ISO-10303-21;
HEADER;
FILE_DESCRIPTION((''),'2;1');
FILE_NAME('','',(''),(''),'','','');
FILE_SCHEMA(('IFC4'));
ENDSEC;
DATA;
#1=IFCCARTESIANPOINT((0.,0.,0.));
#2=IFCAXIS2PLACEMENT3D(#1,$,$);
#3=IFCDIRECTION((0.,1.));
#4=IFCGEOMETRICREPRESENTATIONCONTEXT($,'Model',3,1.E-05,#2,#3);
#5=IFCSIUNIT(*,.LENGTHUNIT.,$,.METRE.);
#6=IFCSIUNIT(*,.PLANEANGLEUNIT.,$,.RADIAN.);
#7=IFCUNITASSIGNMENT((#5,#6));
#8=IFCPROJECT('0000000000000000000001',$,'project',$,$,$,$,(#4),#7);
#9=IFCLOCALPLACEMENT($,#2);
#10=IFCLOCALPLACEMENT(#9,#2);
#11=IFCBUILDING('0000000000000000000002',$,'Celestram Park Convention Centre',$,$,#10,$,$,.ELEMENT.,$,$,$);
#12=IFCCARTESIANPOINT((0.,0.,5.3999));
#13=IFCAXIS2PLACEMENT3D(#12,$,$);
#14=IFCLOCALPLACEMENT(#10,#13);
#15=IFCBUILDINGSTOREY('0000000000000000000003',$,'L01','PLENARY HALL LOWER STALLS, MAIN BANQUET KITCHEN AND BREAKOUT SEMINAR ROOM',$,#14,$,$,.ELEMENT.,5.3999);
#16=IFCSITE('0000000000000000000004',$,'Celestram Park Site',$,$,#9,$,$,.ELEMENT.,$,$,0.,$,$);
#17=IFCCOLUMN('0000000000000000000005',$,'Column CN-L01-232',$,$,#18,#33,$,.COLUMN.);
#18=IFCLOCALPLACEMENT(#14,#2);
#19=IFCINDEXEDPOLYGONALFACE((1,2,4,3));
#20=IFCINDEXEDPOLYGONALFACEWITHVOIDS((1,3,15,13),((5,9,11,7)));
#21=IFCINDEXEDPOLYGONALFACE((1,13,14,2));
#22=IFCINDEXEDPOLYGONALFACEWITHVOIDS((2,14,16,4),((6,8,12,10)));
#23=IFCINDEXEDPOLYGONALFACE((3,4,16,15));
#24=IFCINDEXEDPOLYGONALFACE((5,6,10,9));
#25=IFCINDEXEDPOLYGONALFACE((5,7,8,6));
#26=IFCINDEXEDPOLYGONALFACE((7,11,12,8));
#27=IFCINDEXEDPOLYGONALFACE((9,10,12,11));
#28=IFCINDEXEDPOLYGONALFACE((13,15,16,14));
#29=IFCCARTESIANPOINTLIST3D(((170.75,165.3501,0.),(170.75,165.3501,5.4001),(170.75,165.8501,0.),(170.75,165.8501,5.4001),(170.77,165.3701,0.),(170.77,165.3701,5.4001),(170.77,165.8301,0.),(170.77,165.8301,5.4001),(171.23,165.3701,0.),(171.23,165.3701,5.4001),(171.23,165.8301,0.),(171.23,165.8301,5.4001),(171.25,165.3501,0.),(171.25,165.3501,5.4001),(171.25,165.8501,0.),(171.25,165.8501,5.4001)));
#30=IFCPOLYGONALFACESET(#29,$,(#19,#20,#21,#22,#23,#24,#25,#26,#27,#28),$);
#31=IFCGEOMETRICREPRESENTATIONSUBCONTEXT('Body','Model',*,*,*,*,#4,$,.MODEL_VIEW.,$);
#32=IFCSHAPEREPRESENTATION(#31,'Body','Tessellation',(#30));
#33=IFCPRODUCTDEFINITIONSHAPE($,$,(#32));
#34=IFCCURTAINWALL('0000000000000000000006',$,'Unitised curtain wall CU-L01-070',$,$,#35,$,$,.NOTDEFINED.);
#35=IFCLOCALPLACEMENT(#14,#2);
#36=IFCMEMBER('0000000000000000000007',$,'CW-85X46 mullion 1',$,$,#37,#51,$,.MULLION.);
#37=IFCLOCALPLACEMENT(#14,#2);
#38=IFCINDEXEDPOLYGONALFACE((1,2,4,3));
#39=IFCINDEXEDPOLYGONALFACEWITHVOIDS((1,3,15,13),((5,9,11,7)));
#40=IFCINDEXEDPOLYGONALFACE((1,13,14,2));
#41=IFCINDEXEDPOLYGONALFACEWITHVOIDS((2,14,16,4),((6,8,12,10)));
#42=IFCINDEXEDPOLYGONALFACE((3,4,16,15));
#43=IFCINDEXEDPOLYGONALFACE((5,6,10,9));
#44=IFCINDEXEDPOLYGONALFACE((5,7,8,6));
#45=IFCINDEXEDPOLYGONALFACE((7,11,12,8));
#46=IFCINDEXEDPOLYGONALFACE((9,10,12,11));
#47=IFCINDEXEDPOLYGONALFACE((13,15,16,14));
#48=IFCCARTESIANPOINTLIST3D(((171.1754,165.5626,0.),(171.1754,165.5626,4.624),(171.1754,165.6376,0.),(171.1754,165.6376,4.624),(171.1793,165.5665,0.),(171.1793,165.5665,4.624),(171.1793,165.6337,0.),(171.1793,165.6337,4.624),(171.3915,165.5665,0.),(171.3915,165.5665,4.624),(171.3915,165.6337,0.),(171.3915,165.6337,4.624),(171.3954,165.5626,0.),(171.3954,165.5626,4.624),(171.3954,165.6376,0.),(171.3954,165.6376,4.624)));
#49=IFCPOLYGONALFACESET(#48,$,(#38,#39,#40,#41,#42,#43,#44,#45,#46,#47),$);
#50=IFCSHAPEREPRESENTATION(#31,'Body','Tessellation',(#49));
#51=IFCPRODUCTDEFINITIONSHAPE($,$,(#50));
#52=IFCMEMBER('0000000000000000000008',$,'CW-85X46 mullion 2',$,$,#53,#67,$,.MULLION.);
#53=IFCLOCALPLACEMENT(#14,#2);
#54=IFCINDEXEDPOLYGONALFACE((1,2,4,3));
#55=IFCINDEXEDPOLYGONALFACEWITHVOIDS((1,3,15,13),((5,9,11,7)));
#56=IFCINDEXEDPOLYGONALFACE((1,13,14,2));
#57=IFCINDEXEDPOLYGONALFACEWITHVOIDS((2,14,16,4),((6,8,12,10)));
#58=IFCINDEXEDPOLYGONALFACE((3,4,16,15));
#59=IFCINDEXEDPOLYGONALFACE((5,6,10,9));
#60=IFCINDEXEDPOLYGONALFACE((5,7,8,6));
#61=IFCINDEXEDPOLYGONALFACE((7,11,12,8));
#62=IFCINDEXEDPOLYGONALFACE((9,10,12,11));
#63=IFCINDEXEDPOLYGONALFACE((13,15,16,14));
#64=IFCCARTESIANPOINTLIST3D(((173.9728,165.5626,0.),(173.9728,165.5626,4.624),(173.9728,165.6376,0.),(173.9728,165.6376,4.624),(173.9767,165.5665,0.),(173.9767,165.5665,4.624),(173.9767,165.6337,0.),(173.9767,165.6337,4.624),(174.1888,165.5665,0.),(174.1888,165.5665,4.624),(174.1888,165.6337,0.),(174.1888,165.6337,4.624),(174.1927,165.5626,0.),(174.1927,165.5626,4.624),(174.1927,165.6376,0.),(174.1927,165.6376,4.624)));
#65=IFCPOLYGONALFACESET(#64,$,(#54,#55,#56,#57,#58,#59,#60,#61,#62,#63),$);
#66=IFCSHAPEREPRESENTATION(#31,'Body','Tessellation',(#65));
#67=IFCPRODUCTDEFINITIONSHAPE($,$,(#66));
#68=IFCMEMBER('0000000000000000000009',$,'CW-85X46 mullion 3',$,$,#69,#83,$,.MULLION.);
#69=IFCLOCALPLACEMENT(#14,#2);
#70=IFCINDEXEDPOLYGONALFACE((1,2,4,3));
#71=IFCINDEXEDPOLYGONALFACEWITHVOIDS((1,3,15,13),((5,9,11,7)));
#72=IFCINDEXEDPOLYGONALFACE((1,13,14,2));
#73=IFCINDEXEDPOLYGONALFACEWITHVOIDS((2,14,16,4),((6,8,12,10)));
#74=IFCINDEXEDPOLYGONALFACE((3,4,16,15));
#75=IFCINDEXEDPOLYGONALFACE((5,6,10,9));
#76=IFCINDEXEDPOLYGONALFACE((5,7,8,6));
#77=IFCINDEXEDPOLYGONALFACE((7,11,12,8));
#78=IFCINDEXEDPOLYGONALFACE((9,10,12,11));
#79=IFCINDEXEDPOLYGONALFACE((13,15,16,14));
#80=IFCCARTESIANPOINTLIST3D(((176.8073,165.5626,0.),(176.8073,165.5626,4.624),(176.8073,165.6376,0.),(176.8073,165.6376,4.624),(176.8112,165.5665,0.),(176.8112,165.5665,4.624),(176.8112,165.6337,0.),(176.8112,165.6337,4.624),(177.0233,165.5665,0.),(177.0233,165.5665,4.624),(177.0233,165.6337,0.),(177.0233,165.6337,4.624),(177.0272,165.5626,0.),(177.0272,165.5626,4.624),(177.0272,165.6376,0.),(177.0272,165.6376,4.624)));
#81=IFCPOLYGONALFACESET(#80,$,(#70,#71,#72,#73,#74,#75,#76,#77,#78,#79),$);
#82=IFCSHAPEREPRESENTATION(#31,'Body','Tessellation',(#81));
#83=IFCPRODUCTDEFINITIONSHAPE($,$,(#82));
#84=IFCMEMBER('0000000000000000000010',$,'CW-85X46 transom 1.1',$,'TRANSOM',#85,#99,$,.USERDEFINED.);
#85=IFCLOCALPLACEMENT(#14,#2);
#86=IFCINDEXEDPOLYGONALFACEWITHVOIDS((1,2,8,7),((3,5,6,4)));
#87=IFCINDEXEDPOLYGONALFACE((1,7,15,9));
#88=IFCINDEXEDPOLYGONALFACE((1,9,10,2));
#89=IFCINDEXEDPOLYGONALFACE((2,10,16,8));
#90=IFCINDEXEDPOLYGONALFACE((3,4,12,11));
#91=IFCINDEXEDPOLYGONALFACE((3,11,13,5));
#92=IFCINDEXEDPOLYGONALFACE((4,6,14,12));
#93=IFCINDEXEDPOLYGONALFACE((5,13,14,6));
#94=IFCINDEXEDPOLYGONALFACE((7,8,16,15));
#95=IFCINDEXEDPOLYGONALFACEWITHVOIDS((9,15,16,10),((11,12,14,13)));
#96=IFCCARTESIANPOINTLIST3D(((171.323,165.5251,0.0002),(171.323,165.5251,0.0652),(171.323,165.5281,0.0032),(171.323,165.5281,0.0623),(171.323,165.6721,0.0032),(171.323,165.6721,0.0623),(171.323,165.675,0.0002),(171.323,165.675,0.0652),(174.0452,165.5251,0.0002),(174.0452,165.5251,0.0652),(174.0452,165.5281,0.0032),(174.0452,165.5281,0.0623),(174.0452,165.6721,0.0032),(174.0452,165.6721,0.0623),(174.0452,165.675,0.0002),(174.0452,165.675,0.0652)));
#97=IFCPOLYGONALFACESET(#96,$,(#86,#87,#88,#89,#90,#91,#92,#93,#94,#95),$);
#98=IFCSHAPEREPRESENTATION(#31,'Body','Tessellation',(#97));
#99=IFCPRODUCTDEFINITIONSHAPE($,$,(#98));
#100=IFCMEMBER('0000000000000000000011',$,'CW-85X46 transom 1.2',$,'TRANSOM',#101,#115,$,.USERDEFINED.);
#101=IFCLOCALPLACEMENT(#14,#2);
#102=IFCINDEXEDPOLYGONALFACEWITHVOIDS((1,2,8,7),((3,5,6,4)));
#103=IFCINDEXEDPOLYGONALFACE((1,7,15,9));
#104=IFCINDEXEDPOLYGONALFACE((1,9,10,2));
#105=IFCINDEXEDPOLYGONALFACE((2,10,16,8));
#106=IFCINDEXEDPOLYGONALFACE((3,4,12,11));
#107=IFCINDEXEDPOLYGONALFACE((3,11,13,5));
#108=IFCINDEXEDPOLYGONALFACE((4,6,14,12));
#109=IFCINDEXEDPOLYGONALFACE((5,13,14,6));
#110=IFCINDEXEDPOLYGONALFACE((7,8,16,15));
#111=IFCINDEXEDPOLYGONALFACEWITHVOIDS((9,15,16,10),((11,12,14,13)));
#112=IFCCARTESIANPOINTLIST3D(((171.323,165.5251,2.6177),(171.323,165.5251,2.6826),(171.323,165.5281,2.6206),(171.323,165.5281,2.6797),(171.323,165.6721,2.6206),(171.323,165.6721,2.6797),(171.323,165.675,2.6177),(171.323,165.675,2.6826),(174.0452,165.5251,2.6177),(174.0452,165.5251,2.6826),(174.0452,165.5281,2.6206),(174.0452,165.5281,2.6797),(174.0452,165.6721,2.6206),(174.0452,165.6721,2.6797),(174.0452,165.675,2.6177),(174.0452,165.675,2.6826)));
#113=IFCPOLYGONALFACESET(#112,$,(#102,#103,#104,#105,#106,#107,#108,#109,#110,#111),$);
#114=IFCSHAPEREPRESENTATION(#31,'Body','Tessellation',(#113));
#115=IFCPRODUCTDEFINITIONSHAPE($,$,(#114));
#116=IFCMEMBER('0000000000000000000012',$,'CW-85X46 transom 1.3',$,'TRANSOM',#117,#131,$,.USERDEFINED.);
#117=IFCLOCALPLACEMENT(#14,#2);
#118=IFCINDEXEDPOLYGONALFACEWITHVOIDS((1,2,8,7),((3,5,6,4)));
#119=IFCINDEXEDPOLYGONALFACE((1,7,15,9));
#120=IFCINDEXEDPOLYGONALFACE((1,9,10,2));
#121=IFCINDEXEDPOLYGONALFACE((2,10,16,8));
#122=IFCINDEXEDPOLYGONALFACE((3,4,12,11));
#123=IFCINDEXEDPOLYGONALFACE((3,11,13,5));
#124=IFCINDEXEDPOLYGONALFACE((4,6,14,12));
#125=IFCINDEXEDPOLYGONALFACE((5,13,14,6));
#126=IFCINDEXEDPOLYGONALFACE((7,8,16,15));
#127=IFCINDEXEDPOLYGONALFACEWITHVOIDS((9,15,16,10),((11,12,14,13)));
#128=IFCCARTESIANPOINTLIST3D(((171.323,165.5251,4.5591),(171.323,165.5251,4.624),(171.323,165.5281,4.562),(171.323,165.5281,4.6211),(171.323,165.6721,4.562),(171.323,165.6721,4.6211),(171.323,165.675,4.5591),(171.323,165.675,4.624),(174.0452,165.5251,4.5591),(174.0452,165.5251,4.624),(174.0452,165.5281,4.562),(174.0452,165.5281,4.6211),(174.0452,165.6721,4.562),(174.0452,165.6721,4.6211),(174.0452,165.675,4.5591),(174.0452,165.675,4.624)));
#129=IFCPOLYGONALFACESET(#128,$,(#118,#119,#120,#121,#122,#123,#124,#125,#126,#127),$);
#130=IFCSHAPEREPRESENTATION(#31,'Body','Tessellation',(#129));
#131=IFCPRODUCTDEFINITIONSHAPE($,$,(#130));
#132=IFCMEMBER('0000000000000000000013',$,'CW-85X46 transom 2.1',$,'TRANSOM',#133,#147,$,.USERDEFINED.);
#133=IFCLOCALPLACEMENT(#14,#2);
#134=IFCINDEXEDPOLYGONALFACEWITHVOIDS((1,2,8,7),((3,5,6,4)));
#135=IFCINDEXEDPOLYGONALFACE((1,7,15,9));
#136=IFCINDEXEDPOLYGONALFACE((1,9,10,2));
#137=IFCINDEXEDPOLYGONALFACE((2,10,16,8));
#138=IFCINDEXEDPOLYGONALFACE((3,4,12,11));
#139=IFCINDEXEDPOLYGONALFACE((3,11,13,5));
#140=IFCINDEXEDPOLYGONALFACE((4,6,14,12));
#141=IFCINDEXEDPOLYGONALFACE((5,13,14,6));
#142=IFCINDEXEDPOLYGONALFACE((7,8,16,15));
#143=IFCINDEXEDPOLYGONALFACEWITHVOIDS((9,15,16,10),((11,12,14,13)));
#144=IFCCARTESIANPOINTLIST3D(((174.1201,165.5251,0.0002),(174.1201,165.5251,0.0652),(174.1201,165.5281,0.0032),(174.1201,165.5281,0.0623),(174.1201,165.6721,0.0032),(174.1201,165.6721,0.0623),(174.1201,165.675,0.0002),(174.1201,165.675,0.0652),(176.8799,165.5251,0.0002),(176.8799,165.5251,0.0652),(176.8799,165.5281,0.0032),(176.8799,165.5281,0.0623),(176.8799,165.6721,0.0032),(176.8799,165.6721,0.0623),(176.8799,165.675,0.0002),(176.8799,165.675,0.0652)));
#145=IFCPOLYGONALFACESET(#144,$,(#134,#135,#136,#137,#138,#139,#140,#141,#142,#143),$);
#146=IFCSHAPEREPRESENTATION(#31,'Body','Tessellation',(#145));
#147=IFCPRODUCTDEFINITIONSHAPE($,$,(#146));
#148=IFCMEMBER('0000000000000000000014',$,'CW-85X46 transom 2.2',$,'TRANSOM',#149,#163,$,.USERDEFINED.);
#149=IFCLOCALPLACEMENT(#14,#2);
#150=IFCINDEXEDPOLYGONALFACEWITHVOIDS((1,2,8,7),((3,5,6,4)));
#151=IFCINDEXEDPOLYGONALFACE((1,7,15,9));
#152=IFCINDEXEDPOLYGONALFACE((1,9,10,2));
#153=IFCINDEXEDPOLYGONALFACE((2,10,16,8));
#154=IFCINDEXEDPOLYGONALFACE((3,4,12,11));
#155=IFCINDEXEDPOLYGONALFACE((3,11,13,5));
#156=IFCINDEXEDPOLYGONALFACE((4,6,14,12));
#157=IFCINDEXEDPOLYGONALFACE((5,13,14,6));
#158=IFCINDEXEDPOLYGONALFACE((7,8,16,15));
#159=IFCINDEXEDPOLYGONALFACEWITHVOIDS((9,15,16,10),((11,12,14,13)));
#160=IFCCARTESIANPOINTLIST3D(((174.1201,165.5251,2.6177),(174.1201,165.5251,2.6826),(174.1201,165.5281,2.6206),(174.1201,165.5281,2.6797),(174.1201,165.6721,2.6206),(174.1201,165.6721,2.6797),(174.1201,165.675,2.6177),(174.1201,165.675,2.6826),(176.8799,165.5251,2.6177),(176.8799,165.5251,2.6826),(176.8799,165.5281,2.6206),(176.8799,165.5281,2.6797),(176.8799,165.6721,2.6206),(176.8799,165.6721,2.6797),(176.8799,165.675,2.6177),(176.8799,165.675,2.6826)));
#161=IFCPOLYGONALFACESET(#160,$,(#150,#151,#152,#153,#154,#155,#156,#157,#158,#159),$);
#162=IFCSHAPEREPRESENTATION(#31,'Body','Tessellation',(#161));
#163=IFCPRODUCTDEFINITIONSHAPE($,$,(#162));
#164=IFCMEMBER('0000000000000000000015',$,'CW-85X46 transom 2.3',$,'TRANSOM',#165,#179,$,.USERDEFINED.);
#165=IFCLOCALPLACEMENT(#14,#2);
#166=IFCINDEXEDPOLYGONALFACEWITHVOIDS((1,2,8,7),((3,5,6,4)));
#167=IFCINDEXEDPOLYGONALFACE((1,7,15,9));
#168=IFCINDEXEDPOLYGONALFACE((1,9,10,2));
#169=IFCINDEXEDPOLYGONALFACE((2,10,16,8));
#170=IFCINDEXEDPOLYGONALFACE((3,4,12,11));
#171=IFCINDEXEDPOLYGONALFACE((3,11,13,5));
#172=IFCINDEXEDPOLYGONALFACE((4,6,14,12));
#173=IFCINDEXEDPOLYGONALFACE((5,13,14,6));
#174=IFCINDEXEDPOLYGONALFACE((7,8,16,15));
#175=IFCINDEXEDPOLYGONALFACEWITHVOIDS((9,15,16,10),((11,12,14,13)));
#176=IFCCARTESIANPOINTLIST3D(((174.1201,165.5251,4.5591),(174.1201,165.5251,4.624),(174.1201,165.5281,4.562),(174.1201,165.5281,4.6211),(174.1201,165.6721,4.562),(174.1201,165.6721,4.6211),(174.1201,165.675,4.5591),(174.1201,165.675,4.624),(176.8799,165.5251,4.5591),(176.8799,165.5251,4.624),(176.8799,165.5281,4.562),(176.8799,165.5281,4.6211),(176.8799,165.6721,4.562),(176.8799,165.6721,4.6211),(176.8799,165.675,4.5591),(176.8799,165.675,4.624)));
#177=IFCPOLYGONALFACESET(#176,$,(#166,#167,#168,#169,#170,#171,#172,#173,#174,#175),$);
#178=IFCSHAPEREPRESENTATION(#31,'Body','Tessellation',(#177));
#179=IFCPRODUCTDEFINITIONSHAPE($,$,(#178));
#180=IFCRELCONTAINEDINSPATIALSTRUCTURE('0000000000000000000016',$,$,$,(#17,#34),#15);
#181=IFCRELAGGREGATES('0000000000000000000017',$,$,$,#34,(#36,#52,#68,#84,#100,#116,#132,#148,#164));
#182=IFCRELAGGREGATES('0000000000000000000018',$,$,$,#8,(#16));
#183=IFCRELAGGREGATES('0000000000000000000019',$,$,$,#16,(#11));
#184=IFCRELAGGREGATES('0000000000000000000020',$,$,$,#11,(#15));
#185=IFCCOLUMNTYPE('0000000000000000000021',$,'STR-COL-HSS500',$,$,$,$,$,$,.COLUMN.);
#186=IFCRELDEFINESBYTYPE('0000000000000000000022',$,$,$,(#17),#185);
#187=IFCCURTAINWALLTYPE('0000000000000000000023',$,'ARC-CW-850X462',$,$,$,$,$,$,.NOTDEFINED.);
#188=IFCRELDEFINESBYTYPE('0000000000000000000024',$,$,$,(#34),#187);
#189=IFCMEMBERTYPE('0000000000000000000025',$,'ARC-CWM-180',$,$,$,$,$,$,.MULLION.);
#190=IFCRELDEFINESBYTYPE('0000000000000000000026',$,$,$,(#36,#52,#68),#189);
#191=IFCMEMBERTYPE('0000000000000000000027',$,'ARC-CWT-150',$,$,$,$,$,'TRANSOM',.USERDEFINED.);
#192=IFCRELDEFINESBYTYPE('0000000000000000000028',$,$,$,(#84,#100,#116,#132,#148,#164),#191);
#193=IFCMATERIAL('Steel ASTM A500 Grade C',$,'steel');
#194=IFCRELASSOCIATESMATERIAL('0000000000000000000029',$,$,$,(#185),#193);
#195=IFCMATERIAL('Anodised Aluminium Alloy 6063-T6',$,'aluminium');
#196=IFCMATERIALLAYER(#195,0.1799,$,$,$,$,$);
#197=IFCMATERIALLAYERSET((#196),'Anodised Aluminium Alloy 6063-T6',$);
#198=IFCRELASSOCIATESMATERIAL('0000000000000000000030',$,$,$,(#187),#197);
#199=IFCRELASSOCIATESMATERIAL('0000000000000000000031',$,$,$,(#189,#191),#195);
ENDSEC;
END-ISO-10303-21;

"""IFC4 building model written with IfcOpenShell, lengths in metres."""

from ifc_helpers import new_model, si_unit, direction, frame, origin, origin_2d, place, context, subcontext, project, spatial, hollow_rectangle, extrude, material, layer, layer_set, material_profile, profile_set, type_object, element, aggregate, save


model = new_model("IFC4")

# Units and contexts
model_context = context("Model", 3, precision=1e-05, world=origin(), true_north=direction((0.0, 1.0)))
body_context = subcontext(model_context, "Body", "Model", "MODEL_VIEW")
ifc_project = project(units=[si_unit("LENGTHUNIT", "METRE"), si_unit("PLANEANGLEUNIT", "RADIAN")], contexts=[model_context])

# Site, building, storey
site_placement = place(None, origin())
site = spatial("IfcSite", under=ifc_project, at=site_placement, Name="Celestram Park Site", CompositionType="ELEMENT", RefElevation=0.0)
building_placement = place(site_placement, origin())
building = spatial("IfcBuilding", under=site, at=building_placement, Name="Celestram Park Convention Centre", CompositionType="ELEMENT")
storey_placement = place(building_placement, frame((0.0, 0.0, 5.3999)))
storey = spatial("IfcBuildingStorey", under=building, at=storey_placement, Name="L01", Description="PLENARY HALL LOWER STALLS, MAIN BANQUET KITCHEN AND BREAKOUT SEMINAR ROOM", CompositionType="ELEMENT", Elevation=5.3999)

# Column
ifc_material_1 = material(Name="Steel ASTM A500 Grade C", Category="steel")
ifc_material_profile_1 = material_profile(ifc_material_1, hollow_rectangle(XDim=0.5, YDim=0.5, WallThickness=0.02, at=origin_2d()), Name="HSS500X500X20")
ifc_profile_set_1 = profile_set([ifc_material_profile_1], Name="Steel ASTM A500 Grade C")
column_type = type_object("IfcColumnType", Name="STR-COL-HSS500", PredefinedType="COLUMN", material=ifc_profile_set_1)
column_placement = place(storey_placement, frame((171.0, 165.6001, 0.0), z_axis=(0.0, 0.0, 1.0), x_axis=(1.0, 0.0, 0.0)))
element("IfcColumn", 1, at=column_placement, inside=storey, type_object=column_type, Name="Column CN-L01-232", PredefinedType="COLUMN", context=body_context, shape_type="SweptSolid", body=[
    extrude(hollow_rectangle(XDim=0.5, YDim=0.5, WallThickness=0.02, at=origin_2d()), origin(), (0.0, 0.0, 1.0), 5.4001),
])

# Curtain wall, members
ifc_material_2 = material(Name="Anodised Aluminium Alloy 6063-T6", Category="aluminium")
ifc_layer_1 = layer(ifc_material_2, 0.1799)
ifc_layer_set_1 = layer_set([ifc_layer_1], Name="Anodised Aluminium Alloy 6063-T6")
curtain_wall_type = type_object("IfcCurtainWallType", Name="ARC-CW-850X462", PredefinedType="NOTDEFINED", material=ifc_layer_set_1)
curtain_wall_placement = place(storey_placement, origin())
curtain_wall = element("IfcCurtainWall", 2, at=curtain_wall_placement, inside=storey, type_object=curtain_wall_type, Name="Unitised curtain wall CU-L01-070", PredefinedType="NOTDEFINED")
ifc_material_profile_2 = material_profile(ifc_material_2, hollow_rectangle(XDim=0.075, YDim=0.22, WallThickness=0.0039, at=origin_2d()), Name="ALU75X220X4")
ifc_profile_set_2 = profile_set([ifc_material_profile_2], Name="Anodised Aluminium Alloy 6063-T6")
member_type_1 = type_object("IfcMemberType", Name="ARC-CWM-180", PredefinedType="MULLION", material=ifc_profile_set_2)
member_1_placement = place(storey_placement, frame((171.2854, 165.6001, 0.0), z_axis=(0.0, 0.0, 1.0), x_axis=(0.0, 1.0, 0.0)))
member_1 = element("IfcMember", 3, at=member_1_placement, type_object=member_type_1, Name="CW-85X46 mullion 1", PredefinedType="MULLION", context=body_context, shape_type="SweptSolid", body=[
    extrude(hollow_rectangle(XDim=0.075, YDim=0.22, WallThickness=0.0039, at=origin_2d()), origin(), (0.0, 0.0, 1.0), 4.624),
])
member_2_placement = place(storey_placement, frame((174.0828, 165.6001, 0.0), z_axis=(0.0, 0.0, 1.0), x_axis=(0.0, 1.0, 0.0)))
member_2 = element("IfcMember", 4, at=member_2_placement, type_object=member_type_1, Name="CW-85X46 mullion 2", PredefinedType="MULLION", context=body_context, shape_type="SweptSolid", body=[
    extrude(hollow_rectangle(XDim=0.075, YDim=0.22, WallThickness=0.0039, at=origin_2d()), origin(), (0.0, 0.0, 1.0), 4.624),
])
member_3_placement = place(storey_placement, frame((176.9172, 165.6001, 0.0), z_axis=(0.0, 0.0, 1.0), x_axis=(0.0, 1.0, 0.0)))
member_3 = element("IfcMember", 5, at=member_3_placement, type_object=member_type_1, Name="CW-85X46 mullion 3", PredefinedType="MULLION", context=body_context, shape_type="SweptSolid", body=[
    extrude(hollow_rectangle(XDim=0.075, YDim=0.22, WallThickness=0.0039, at=origin_2d()), origin(), (0.0, 0.0, 1.0), 4.624),
])
ifc_material_profile_3 = material_profile(ifc_material_2, hollow_rectangle(XDim=0.1499, YDim=0.0649, WallThickness=0.0029, at=origin_2d()), Name="ALU150X65X3")
ifc_profile_set_3 = profile_set([ifc_material_profile_3], Name="Anodised Aluminium Alloy 6063-T6")
member_type_2 = type_object("IfcMemberType", Name="ARC-CWT-150", ElementType="TRANSOM", PredefinedType="USERDEFINED", material=ifc_profile_set_3)
member_4_placement = place(storey_placement, frame((171.323, 165.6001, 0.0327), z_axis=(1.0, 0.0, 0.0), x_axis=(0.0, 1.0, 0.0)))
member_4 = element("IfcMember", 6, at=member_4_placement, type_object=member_type_2, Name="CW-85X46 transom 1.1", ObjectType="TRANSOM", PredefinedType="USERDEFINED", context=body_context, shape_type="SweptSolid", body=[
    extrude(hollow_rectangle(XDim=0.1499, YDim=0.0649, WallThickness=0.0029, at=origin_2d()), origin(), (0.0, 0.0, 1.0), 2.7222),
])
member_5_placement = place(storey_placement, frame((171.323, 165.6001, 2.6501), z_axis=(1.0, 0.0, 0.0), x_axis=(0.0, 1.0, 0.0)))
member_5 = element("IfcMember", 7, at=member_5_placement, type_object=member_type_2, Name="CW-85X46 transom 1.2", ObjectType="TRANSOM", PredefinedType="USERDEFINED", context=body_context, shape_type="SweptSolid", body=[
    extrude(hollow_rectangle(XDim=0.1499, YDim=0.0649, WallThickness=0.0029, at=origin_2d()), origin(), (0.0, 0.0, 1.0), 2.7222),
])
member_6_placement = place(storey_placement, frame((171.323, 165.6001, 4.5916), z_axis=(1.0, 0.0, 0.0), x_axis=(0.0, 1.0, 0.0)))
member_6 = element("IfcMember", 8, at=member_6_placement, type_object=member_type_2, Name="CW-85X46 transom 1.3", ObjectType="TRANSOM", PredefinedType="USERDEFINED", context=body_context, shape_type="SweptSolid", body=[
    extrude(hollow_rectangle(XDim=0.1499, YDim=0.0649, WallThickness=0.0029, at=origin_2d()), origin(), (0.0, 0.0, 1.0), 2.7222),
])
member_7_placement = place(storey_placement, frame((174.1201, 165.6001, 0.0327), z_axis=(1.0, 0.0, 0.0), x_axis=(0.0, 1.0, 0.0)))
member_7 = element("IfcMember", 9, at=member_7_placement, type_object=member_type_2, Name="CW-85X46 transom 2.1", ObjectType="TRANSOM", PredefinedType="USERDEFINED", context=body_context, shape_type="SweptSolid", body=[
    extrude(hollow_rectangle(XDim=0.1499, YDim=0.0649, WallThickness=0.0029, at=origin_2d()), origin(), (0.0, 0.0, 1.0), 2.7598),
])
member_8_placement = place(storey_placement, frame((174.1201, 165.6001, 2.6501), z_axis=(1.0, 0.0, 0.0), x_axis=(0.0, 1.0, 0.0)))
member_8 = element("IfcMember", 10, at=member_8_placement, type_object=member_type_2, Name="CW-85X46 transom 2.2", ObjectType="TRANSOM", PredefinedType="USERDEFINED", context=body_context, shape_type="SweptSolid", body=[
    extrude(hollow_rectangle(XDim=0.1499, YDim=0.0649, WallThickness=0.0029, at=origin_2d()), origin(), (0.0, 0.0, 1.0), 2.7598),
])
member_9_placement = place(storey_placement, frame((174.1201, 165.6001, 4.5916), z_axis=(1.0, 0.0, 0.0), x_axis=(0.0, 1.0, 0.0)))
member_9 = element("IfcMember", 11, at=member_9_placement, type_object=member_type_2, Name="CW-85X46 transom 2.3", ObjectType="TRANSOM", PredefinedType="USERDEFINED", context=body_context, shape_type="SweptSolid", body=[
    extrude(hollow_rectangle(XDim=0.1499, YDim=0.0649, WallThickness=0.0029, at=origin_2d()), origin(), (0.0, 0.0, 1.0), 2.7598),
])

aggregate(curtain_wall, [member_1, member_2, member_3, member_4, member_5, member_6, member_7, member_8, member_9])

save(model, "model.ifc")
